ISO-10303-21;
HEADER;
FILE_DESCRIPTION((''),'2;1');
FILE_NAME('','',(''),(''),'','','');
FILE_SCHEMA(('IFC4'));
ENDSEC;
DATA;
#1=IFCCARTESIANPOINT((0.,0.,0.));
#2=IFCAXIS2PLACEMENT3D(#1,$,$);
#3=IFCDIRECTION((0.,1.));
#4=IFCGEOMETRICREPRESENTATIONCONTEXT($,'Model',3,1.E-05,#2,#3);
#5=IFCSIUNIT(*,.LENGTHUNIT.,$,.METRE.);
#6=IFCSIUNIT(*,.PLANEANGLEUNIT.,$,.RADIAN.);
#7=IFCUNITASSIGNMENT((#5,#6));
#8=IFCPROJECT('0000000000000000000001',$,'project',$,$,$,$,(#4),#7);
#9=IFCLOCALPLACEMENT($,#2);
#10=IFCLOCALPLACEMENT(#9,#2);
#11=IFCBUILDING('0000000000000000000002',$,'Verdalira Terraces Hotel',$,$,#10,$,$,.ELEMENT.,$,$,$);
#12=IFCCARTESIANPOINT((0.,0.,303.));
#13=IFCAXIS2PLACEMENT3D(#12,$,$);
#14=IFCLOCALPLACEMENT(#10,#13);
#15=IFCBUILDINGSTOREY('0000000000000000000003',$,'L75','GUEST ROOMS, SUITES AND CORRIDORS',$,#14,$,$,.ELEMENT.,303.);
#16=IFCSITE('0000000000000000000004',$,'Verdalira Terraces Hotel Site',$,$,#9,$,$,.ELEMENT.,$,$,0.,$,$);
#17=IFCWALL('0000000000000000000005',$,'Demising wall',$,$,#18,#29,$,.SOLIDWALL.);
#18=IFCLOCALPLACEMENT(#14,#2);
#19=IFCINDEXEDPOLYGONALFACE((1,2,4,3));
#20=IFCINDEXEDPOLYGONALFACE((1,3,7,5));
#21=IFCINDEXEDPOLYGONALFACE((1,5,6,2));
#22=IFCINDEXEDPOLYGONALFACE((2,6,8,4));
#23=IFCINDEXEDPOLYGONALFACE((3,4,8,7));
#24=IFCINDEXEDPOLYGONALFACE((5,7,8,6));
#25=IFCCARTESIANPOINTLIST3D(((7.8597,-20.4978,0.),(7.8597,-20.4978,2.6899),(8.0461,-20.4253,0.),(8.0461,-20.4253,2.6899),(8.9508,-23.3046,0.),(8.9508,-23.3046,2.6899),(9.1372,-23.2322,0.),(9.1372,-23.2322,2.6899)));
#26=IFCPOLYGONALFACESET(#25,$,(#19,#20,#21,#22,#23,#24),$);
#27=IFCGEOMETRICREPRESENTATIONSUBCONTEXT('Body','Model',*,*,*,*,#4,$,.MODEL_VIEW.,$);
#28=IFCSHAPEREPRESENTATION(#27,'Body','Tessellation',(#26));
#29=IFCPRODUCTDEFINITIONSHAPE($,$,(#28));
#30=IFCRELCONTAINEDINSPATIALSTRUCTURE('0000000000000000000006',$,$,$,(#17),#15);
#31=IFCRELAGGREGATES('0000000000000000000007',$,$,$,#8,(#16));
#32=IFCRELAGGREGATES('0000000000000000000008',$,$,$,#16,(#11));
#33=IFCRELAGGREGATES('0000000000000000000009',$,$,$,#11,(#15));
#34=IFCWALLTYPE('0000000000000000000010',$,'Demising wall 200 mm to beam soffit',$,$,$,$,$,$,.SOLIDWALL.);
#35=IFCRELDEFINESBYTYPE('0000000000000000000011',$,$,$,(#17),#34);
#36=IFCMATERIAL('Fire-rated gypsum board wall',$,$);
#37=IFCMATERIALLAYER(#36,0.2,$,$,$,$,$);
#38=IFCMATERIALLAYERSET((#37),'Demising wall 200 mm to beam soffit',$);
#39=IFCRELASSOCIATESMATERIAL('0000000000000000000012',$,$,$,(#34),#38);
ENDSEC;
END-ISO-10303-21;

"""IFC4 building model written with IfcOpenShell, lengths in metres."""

from ifc_helpers import new_model, si_unit, direction, frame, frame_2d, origin, place, context, subcontext, project, spatial, rectangle, extrude, material, layer, layer_set, type_object, element, save


model = new_model("IFC4")

# Units and contexts
model_context = context("Model", 3, precision=1e-05, world=origin(), true_north=direction((0.0, 1.0)))
body_context = subcontext(model_context, "Body", "Model", "MODEL_VIEW")
ifc_project = project(units=[si_unit("LENGTHUNIT", "METRE"), si_unit("PLANEANGLEUNIT", "RADIAN")], contexts=[model_context])

# Site, building, storey
site_placement = place(None, origin())
site = spatial("IfcSite", under=ifc_project, at=site_placement, Name="Verdalira Terraces Hotel Site", CompositionType="ELEMENT", RefElevation=0.0)
building_placement = place(site_placement, origin())
building = spatial("IfcBuilding", under=site, at=building_placement, Name="Verdalira Terraces Hotel", CompositionType="ELEMENT")
storey_placement = place(building_placement, frame((0.0, 0.0, 303.0)))
storey = spatial("IfcBuildingStorey", under=building, at=storey_placement, Name="L75", Description="GUEST ROOMS, SUITES AND CORRIDORS", CompositionType="ELEMENT", Elevation=303.0)

# Wall
ifc_material_1 = material(Name="Fire-rated gypsum board wall")
ifc_layer_1 = layer(ifc_material_1, 0.2)
ifc_layer_set_1 = layer_set([ifc_layer_1], Name="Demising wall 200 mm to beam soffit")
wall_type_1 = type_object("IfcWallType", Name="Demising wall 200 mm to beam soffit", PredefinedType="SOLIDWALL", material=ifc_layer_set_1)
wall_1_placement = place(storey_placement, frame((7.9529, -20.4614, 0.0), z_axis=(0.0, 0.0, 1.0), x_axis=(0.362302, -0.932061, 0.0)))
element("IfcWall", 1, at=wall_1_placement, inside=storey, type_object=wall_type_1, Name="Demising wall", PredefinedType="SOLIDWALL", context=body_context, shape_type="SweptSolid", body=[
    extrude(rectangle(XDim=3.0115, YDim=0.2, at=frame_2d((1.5059, 0.0))), origin(), (0.0, 0.0, 1.0), 2.6899),
])

save(model, "model.ifc")
